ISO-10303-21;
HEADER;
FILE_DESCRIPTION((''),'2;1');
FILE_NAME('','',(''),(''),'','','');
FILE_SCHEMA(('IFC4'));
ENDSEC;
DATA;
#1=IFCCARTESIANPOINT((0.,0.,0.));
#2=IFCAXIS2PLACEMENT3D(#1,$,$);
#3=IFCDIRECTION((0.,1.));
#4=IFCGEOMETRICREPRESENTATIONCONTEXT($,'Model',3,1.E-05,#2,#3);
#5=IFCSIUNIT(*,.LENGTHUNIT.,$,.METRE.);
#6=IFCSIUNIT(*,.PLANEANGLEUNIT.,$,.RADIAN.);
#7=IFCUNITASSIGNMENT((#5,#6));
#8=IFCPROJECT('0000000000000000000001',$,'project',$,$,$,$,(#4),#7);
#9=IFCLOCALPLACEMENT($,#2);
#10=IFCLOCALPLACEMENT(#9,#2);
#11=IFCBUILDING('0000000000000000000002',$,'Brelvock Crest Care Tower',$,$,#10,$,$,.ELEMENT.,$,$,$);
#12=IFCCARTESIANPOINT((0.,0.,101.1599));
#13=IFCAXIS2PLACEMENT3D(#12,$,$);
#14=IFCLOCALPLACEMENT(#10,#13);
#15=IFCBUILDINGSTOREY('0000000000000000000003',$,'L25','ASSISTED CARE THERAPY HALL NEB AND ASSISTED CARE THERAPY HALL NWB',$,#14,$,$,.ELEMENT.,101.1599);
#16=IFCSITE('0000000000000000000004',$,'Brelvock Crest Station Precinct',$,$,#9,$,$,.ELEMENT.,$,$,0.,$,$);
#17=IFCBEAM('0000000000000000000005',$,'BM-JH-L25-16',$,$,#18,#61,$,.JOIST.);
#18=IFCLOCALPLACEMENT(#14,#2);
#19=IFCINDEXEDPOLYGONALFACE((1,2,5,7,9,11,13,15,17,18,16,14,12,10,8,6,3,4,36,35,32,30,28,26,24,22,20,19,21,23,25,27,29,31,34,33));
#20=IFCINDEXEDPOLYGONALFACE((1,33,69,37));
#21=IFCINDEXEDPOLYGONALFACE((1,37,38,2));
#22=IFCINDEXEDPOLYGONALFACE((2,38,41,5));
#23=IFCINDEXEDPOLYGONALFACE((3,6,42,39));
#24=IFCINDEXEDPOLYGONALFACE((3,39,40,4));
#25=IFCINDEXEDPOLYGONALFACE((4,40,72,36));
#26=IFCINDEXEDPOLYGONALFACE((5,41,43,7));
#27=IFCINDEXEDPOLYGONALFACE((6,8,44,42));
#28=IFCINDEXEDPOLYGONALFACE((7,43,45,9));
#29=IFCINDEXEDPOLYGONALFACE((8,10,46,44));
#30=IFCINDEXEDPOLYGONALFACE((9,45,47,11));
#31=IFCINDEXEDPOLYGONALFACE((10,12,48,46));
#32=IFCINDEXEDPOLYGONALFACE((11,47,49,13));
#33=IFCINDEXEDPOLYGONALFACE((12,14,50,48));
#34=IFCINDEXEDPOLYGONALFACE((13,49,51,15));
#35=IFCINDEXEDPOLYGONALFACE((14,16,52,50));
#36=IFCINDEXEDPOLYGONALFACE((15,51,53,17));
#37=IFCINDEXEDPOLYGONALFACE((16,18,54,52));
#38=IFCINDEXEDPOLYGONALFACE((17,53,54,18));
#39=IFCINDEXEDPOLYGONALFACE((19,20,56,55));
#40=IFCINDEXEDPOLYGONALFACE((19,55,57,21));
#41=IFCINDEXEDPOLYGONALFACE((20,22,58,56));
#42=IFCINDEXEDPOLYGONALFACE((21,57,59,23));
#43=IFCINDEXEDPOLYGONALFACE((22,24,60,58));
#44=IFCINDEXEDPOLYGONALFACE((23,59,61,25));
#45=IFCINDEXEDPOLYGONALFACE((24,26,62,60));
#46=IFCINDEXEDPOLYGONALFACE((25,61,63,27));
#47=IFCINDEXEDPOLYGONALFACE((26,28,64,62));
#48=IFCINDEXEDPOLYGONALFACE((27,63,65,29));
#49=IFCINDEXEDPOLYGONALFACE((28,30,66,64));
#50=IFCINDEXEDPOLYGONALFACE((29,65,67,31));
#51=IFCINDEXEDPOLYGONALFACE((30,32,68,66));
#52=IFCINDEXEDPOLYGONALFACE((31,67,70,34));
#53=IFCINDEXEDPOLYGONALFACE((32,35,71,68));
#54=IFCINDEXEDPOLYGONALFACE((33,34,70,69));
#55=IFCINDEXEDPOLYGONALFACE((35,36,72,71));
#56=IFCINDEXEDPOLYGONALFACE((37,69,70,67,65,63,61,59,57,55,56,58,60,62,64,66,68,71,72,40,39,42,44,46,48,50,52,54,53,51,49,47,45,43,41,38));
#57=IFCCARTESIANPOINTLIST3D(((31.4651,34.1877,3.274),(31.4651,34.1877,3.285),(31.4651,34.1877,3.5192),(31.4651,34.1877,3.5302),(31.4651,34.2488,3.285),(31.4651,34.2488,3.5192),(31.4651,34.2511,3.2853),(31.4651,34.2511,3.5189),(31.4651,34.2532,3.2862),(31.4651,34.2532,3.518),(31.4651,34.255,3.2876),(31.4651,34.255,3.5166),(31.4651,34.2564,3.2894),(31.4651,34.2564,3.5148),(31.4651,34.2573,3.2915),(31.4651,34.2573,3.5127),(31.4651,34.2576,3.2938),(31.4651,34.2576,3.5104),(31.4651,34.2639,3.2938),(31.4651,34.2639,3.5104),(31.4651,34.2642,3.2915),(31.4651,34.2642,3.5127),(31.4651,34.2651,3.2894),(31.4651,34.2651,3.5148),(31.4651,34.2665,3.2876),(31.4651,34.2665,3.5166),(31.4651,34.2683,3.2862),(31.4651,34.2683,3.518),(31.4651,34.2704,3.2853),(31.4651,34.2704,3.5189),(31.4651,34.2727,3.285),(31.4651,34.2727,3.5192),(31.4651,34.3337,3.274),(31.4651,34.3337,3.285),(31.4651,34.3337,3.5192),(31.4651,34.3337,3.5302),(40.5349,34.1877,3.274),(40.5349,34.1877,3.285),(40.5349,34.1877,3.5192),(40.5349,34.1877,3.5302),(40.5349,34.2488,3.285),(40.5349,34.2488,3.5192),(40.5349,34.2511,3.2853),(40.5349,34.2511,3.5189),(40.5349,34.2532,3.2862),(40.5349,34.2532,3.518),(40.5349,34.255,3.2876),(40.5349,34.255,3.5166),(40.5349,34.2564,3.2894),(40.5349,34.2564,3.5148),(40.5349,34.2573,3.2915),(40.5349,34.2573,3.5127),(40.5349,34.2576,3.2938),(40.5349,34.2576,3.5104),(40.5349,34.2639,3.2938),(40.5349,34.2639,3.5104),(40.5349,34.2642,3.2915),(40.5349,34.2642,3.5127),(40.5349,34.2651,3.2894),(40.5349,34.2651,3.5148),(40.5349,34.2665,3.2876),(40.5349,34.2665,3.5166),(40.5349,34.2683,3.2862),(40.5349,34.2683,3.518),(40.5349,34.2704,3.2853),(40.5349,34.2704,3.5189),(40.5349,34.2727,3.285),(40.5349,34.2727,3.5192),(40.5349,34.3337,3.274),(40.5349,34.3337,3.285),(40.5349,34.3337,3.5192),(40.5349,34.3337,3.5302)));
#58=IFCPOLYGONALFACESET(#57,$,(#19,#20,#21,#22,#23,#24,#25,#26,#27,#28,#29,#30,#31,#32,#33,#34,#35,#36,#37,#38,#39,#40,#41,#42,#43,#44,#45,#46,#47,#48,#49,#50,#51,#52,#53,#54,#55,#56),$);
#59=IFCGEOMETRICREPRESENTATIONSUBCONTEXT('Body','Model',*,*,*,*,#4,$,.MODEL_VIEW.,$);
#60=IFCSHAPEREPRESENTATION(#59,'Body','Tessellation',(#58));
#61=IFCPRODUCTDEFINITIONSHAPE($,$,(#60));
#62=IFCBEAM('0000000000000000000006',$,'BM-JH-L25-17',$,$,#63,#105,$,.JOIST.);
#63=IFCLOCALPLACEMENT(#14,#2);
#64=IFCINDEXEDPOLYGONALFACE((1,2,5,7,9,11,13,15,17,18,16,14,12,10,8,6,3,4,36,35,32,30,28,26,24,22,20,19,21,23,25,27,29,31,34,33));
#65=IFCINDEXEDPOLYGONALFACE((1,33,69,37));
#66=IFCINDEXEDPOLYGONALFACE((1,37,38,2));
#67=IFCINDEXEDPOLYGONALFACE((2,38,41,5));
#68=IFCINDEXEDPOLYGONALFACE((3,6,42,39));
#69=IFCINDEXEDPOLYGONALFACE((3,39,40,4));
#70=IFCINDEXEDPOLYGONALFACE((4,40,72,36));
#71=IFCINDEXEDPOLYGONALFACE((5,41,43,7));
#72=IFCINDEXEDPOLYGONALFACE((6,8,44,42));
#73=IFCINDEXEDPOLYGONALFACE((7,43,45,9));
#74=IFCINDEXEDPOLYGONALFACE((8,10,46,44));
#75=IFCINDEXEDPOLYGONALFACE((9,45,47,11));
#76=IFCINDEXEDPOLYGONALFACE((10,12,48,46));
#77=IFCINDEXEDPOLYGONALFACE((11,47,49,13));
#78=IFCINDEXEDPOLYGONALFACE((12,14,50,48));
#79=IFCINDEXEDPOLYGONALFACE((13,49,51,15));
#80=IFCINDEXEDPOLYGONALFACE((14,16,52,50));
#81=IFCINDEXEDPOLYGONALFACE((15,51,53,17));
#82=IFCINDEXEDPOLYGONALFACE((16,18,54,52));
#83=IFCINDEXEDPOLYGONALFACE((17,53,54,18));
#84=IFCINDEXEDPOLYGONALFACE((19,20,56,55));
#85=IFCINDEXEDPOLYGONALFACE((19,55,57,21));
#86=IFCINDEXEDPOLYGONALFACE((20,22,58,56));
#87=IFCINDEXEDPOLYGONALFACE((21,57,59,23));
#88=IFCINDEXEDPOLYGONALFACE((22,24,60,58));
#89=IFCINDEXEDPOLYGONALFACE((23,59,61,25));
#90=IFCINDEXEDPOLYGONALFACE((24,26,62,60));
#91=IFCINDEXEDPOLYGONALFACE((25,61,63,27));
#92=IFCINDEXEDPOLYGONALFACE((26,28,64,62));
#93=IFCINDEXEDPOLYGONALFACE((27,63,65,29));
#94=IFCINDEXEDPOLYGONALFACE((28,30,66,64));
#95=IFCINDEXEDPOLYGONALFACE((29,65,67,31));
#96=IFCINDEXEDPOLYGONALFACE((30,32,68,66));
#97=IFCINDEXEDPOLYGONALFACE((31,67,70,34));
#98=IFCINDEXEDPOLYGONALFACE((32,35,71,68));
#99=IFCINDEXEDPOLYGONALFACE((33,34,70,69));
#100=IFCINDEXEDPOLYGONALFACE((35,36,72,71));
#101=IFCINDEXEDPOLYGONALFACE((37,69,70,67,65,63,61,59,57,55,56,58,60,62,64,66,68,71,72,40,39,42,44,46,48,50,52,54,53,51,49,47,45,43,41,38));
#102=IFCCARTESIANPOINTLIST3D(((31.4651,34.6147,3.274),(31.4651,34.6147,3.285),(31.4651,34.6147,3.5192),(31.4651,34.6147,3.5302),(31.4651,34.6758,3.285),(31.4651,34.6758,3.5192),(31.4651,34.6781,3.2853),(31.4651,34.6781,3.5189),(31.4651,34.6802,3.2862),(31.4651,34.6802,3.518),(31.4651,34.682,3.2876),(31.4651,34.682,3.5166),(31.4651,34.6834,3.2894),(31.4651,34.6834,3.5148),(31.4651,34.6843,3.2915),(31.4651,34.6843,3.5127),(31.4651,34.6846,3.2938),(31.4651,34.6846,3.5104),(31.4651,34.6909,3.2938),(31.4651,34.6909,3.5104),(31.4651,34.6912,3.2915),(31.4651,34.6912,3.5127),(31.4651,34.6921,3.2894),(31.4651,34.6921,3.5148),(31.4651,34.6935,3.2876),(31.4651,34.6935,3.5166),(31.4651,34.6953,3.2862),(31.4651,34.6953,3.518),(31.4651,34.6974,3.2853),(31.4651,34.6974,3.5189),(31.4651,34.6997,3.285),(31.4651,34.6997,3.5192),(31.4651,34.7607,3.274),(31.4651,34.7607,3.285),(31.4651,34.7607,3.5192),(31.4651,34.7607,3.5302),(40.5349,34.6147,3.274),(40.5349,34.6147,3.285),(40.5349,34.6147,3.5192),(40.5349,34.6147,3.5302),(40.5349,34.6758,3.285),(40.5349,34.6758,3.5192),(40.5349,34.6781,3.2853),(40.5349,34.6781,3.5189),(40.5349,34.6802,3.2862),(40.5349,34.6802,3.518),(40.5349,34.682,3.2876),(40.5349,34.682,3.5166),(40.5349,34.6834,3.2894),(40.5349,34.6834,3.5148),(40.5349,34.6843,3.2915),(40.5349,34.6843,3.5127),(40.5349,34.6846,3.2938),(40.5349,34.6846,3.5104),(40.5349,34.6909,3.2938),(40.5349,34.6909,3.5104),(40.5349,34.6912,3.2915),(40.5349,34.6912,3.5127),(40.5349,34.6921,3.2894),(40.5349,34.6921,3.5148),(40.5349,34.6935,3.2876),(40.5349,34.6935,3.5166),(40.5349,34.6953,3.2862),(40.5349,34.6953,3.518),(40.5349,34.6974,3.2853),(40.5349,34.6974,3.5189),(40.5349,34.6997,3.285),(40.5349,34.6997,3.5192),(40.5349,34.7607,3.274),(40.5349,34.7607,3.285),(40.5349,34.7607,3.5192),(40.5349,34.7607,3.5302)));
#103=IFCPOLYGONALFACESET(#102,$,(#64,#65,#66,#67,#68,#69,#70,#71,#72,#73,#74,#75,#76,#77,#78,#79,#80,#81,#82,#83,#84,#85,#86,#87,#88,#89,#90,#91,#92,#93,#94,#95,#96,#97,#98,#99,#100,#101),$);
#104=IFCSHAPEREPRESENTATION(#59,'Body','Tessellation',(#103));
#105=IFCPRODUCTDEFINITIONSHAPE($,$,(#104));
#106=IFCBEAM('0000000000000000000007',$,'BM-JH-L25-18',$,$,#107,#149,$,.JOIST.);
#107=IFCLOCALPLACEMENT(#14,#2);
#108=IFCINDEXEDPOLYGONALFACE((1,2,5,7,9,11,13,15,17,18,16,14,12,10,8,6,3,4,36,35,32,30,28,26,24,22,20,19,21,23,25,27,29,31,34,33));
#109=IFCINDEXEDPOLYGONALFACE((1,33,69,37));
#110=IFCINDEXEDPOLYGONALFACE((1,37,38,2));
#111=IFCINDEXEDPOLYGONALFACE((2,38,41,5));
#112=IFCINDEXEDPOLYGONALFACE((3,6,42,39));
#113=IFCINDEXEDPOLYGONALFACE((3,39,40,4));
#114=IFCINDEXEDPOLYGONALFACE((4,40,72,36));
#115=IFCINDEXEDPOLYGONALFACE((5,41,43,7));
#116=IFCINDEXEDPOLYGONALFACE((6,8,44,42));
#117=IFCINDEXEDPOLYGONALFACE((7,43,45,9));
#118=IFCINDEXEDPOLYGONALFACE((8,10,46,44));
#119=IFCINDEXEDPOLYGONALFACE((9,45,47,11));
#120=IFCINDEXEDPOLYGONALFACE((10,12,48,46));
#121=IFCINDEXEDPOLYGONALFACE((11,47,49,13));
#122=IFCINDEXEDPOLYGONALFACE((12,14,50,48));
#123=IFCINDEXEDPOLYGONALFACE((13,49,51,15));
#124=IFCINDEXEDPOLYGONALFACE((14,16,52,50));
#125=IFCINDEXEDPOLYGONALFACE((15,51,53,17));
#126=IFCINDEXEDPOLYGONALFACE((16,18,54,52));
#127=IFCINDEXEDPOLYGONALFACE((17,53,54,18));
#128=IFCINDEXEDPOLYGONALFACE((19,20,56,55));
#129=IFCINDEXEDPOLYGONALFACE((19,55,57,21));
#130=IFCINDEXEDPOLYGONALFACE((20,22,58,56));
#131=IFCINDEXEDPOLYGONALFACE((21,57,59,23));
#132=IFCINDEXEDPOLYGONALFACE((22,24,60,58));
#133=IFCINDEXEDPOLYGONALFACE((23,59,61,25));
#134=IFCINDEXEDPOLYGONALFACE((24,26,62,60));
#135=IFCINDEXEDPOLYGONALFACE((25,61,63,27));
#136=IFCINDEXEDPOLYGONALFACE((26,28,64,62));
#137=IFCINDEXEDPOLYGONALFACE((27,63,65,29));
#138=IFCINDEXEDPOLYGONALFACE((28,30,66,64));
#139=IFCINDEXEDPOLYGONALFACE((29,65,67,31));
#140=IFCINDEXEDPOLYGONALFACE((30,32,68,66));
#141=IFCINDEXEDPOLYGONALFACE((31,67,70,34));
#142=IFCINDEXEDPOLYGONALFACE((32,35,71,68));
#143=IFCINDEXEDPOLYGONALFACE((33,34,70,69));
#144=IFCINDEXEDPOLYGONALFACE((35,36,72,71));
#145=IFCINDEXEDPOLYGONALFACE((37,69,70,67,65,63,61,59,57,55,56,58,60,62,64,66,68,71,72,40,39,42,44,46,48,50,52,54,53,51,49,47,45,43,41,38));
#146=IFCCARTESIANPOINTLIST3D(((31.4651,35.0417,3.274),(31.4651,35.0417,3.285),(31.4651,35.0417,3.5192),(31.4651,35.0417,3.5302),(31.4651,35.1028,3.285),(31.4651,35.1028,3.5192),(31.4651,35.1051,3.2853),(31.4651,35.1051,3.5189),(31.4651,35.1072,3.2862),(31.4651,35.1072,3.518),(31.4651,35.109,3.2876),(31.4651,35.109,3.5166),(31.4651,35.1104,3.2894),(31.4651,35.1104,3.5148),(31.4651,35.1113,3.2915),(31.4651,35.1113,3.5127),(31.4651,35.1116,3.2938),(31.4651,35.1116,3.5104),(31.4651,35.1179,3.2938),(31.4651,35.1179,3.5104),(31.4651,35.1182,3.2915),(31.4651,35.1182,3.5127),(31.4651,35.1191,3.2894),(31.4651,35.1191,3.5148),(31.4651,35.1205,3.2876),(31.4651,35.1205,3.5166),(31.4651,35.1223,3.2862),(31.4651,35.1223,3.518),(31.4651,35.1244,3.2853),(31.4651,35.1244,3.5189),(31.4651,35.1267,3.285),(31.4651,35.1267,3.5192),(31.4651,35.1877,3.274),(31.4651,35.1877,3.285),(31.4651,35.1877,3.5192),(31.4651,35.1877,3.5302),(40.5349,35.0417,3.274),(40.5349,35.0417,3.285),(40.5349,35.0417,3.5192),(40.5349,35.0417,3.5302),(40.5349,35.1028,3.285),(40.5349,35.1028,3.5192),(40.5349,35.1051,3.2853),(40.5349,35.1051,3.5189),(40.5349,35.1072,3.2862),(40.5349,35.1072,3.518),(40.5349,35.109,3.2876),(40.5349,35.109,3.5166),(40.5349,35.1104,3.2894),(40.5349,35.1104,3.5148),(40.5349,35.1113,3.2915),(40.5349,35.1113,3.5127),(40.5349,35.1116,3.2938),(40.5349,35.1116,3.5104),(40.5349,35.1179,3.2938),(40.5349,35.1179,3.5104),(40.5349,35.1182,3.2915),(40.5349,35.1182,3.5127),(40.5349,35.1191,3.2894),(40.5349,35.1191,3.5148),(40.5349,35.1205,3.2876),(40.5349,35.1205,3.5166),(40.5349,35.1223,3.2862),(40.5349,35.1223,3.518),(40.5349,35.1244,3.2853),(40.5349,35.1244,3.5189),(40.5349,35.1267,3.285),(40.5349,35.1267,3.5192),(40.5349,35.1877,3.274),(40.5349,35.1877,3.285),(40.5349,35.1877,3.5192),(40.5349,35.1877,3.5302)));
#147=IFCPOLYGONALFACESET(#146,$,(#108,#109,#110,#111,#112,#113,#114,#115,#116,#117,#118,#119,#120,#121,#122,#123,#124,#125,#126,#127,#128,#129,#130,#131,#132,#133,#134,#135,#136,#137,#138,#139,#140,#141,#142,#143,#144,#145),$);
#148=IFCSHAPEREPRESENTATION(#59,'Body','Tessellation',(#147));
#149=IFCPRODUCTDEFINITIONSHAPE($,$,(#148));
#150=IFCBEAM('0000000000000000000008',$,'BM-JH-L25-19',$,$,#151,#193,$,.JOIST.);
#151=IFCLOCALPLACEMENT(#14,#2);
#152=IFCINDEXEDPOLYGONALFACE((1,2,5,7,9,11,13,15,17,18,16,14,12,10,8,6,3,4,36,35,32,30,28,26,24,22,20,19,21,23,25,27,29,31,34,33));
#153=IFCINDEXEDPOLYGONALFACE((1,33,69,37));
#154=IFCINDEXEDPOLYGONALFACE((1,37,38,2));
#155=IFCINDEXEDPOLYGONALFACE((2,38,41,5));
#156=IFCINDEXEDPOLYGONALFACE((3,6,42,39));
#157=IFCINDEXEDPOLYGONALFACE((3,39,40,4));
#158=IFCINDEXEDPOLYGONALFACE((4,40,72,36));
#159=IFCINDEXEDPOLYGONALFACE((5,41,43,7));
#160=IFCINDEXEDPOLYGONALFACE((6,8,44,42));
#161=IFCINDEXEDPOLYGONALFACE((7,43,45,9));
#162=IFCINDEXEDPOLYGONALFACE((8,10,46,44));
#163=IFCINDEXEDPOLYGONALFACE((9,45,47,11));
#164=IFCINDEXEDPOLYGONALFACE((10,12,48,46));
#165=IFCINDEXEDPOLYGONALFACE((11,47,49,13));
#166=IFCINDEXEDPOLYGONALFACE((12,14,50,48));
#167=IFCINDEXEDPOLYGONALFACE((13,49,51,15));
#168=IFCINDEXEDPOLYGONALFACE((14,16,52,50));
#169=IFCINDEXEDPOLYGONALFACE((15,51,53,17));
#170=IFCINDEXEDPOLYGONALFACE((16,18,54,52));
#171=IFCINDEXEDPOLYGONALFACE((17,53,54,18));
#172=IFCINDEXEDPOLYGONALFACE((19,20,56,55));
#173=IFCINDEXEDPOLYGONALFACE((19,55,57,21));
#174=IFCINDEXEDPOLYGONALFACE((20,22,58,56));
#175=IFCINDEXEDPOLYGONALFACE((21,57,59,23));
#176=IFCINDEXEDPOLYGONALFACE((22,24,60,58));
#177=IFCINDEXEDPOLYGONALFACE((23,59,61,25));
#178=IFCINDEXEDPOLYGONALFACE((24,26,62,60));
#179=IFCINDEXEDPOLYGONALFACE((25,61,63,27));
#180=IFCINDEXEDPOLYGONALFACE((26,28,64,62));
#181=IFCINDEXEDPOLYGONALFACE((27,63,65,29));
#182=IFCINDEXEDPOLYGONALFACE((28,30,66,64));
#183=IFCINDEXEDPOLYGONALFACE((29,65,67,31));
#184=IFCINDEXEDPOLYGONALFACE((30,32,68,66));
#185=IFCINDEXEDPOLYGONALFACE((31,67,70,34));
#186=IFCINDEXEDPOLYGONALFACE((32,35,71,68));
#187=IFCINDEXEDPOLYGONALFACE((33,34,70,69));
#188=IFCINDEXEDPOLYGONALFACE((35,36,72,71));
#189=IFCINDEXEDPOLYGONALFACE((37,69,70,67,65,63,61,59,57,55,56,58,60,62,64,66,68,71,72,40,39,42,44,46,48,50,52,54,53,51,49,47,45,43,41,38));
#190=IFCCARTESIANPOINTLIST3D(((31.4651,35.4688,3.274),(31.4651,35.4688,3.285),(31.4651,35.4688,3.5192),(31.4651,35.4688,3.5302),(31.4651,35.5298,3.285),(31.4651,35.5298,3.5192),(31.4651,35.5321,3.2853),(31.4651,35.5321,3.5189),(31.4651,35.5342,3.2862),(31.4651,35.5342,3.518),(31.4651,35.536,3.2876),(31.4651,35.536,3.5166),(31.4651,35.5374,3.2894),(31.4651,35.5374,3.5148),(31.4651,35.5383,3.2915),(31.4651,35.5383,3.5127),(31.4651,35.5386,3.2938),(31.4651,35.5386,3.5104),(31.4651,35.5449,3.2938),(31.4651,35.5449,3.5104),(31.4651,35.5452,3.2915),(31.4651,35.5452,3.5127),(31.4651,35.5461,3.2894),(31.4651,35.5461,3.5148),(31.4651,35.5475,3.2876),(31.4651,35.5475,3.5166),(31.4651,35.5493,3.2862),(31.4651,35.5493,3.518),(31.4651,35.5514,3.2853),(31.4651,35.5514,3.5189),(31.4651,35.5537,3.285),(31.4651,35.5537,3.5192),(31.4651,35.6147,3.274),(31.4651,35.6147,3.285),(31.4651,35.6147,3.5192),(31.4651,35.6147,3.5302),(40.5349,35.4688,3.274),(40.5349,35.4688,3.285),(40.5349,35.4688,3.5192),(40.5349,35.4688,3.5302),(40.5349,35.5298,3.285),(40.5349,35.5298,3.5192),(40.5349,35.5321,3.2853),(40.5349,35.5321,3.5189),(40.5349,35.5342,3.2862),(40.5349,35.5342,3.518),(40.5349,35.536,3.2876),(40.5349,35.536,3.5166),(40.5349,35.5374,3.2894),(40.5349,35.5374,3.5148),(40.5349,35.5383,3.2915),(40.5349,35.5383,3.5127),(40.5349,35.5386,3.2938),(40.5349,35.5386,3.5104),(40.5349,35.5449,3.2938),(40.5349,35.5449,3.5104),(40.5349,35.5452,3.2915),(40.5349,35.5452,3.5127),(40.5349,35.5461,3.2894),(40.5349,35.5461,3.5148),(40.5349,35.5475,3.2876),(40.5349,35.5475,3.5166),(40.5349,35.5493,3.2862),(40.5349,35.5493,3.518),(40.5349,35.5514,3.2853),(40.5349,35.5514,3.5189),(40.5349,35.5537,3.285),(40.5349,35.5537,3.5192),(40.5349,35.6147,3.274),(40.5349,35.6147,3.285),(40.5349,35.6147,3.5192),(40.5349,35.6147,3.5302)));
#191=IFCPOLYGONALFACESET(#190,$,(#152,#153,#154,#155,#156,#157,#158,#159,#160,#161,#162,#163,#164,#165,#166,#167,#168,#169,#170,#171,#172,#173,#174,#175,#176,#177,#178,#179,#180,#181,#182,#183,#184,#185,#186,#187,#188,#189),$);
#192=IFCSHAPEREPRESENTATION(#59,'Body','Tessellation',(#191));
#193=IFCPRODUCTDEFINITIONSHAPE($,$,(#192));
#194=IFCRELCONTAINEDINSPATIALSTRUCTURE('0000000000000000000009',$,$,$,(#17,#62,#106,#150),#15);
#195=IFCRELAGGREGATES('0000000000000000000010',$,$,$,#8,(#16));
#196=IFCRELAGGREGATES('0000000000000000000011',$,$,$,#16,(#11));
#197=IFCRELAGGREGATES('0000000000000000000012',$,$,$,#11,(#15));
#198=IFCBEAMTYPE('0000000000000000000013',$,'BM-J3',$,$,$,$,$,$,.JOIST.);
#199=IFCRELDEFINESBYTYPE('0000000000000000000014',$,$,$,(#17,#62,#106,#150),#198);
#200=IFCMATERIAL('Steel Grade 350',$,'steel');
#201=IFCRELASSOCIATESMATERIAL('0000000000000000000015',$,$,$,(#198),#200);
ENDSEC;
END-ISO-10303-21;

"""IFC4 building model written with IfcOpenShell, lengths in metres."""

from ifc_helpers import new_model, si_unit, direction, frame, origin, origin_2d, place, context, subcontext, project, spatial, i_section, extrude, source, transform, mapped, material, material_profile, profile_set, type_object, element, save


model = new_model("IFC4")

# Units and contexts
model_context = context("Model", 3, precision=1e-05, world=origin(), true_north=direction((0.0, 1.0)))
body_context = subcontext(model_context, "Body", "Model", "MODEL_VIEW")
ifc_project = project(units=[si_unit("LENGTHUNIT", "METRE"), si_unit("PLANEANGLEUNIT", "RADIAN")], contexts=[model_context])

# Site, building, storey
site_placement = place(None, origin())
site = spatial("IfcSite", under=ifc_project, at=site_placement, Name="Brelvock Crest Station Precinct", CompositionType="ELEMENT", RefElevation=0.0)
building_placement = place(site_placement, origin())
building = spatial("IfcBuilding", under=site, at=building_placement, Name="Brelvock Crest Care Tower", CompositionType="ELEMENT")
storey_placement = place(building_placement, frame((0.0, 0.0, 101.1599)))
storey = spatial("IfcBuildingStorey", under=building, at=storey_placement, Name="L25", Description="ASSISTED CARE THERAPY HALL NEB AND ASSISTED CARE THERAPY HALL NWB", CompositionType="ELEMENT", Elevation=101.1599)

# Beams
ifc_material_1 = material(Name="Steel Grade 350", Category="steel")
ifc_material_profile_1 = material_profile(ifc_material_1, i_section(OverallWidth=0.146, OverallDepth=0.2561, WebThickness=0.0063, FlangeThickness=0.011, FilletRadius=0.0088, at=origin_2d()), Name="250UB37.3")
ifc_profile_set_1 = profile_set([ifc_material_profile_1], Name="Steel Grade 350")
beam_type_1 = type_object("IfcBeamType", Name="BM-J3", PredefinedType="JOIST", material=ifc_profile_set_1)
shared_shape_1 = source(origin(), body_context, "Body", "SweptSolid", [
    extrude(i_section(OverallWidth=0.146, OverallDepth=0.2561, WebThickness=0.0063, FlangeThickness=0.011, FilletRadius=0.0088, at=origin_2d()), origin(), (0.0, 0.0, 1.0), 9.0698),
])
for number, where, z_axis, x_axis, name in (
    (1, (31.4651, 34.2607, 3.4021), (1.0, 0.0, 0.0), (0.0, 1.0, 0.0), "BM-JH-L25-16"),
    (2, (31.4651, 34.6877, 3.4021), (1.0, 0.0, 0.0), (0.0, 1.0, 0.0), "BM-JH-L25-17"),
    (3, (31.4651, 35.1147, 3.4021), (1.0, 0.0, 0.0), (0.0, 1.0, 0.0), "BM-JH-L25-18"),
    (4, (31.4651, 35.5417, 3.4021), (1.0, 0.0, 0.0), (0.0, 1.0, 0.0), "BM-JH-L25-19"),
):
    element("IfcBeam", number, at=place(storey_placement, frame(where, z_axis=z_axis, x_axis=x_axis)), inside=storey, type_object=beam_type_1, Name=name, PredefinedType="JOIST", context=body_context, shape_type="MappedRepresentation", body=[
        mapped(shared_shape_1, transform((0.0, 0.0, 0.0), x_axis=(1.0, 0.0, 0.0), y_axis=(0.0, 1.0, 0.0), z_axis=(0.0, 0.0, 1.0), scale=1.0)),
    ])

save(model, "model.ifc")
